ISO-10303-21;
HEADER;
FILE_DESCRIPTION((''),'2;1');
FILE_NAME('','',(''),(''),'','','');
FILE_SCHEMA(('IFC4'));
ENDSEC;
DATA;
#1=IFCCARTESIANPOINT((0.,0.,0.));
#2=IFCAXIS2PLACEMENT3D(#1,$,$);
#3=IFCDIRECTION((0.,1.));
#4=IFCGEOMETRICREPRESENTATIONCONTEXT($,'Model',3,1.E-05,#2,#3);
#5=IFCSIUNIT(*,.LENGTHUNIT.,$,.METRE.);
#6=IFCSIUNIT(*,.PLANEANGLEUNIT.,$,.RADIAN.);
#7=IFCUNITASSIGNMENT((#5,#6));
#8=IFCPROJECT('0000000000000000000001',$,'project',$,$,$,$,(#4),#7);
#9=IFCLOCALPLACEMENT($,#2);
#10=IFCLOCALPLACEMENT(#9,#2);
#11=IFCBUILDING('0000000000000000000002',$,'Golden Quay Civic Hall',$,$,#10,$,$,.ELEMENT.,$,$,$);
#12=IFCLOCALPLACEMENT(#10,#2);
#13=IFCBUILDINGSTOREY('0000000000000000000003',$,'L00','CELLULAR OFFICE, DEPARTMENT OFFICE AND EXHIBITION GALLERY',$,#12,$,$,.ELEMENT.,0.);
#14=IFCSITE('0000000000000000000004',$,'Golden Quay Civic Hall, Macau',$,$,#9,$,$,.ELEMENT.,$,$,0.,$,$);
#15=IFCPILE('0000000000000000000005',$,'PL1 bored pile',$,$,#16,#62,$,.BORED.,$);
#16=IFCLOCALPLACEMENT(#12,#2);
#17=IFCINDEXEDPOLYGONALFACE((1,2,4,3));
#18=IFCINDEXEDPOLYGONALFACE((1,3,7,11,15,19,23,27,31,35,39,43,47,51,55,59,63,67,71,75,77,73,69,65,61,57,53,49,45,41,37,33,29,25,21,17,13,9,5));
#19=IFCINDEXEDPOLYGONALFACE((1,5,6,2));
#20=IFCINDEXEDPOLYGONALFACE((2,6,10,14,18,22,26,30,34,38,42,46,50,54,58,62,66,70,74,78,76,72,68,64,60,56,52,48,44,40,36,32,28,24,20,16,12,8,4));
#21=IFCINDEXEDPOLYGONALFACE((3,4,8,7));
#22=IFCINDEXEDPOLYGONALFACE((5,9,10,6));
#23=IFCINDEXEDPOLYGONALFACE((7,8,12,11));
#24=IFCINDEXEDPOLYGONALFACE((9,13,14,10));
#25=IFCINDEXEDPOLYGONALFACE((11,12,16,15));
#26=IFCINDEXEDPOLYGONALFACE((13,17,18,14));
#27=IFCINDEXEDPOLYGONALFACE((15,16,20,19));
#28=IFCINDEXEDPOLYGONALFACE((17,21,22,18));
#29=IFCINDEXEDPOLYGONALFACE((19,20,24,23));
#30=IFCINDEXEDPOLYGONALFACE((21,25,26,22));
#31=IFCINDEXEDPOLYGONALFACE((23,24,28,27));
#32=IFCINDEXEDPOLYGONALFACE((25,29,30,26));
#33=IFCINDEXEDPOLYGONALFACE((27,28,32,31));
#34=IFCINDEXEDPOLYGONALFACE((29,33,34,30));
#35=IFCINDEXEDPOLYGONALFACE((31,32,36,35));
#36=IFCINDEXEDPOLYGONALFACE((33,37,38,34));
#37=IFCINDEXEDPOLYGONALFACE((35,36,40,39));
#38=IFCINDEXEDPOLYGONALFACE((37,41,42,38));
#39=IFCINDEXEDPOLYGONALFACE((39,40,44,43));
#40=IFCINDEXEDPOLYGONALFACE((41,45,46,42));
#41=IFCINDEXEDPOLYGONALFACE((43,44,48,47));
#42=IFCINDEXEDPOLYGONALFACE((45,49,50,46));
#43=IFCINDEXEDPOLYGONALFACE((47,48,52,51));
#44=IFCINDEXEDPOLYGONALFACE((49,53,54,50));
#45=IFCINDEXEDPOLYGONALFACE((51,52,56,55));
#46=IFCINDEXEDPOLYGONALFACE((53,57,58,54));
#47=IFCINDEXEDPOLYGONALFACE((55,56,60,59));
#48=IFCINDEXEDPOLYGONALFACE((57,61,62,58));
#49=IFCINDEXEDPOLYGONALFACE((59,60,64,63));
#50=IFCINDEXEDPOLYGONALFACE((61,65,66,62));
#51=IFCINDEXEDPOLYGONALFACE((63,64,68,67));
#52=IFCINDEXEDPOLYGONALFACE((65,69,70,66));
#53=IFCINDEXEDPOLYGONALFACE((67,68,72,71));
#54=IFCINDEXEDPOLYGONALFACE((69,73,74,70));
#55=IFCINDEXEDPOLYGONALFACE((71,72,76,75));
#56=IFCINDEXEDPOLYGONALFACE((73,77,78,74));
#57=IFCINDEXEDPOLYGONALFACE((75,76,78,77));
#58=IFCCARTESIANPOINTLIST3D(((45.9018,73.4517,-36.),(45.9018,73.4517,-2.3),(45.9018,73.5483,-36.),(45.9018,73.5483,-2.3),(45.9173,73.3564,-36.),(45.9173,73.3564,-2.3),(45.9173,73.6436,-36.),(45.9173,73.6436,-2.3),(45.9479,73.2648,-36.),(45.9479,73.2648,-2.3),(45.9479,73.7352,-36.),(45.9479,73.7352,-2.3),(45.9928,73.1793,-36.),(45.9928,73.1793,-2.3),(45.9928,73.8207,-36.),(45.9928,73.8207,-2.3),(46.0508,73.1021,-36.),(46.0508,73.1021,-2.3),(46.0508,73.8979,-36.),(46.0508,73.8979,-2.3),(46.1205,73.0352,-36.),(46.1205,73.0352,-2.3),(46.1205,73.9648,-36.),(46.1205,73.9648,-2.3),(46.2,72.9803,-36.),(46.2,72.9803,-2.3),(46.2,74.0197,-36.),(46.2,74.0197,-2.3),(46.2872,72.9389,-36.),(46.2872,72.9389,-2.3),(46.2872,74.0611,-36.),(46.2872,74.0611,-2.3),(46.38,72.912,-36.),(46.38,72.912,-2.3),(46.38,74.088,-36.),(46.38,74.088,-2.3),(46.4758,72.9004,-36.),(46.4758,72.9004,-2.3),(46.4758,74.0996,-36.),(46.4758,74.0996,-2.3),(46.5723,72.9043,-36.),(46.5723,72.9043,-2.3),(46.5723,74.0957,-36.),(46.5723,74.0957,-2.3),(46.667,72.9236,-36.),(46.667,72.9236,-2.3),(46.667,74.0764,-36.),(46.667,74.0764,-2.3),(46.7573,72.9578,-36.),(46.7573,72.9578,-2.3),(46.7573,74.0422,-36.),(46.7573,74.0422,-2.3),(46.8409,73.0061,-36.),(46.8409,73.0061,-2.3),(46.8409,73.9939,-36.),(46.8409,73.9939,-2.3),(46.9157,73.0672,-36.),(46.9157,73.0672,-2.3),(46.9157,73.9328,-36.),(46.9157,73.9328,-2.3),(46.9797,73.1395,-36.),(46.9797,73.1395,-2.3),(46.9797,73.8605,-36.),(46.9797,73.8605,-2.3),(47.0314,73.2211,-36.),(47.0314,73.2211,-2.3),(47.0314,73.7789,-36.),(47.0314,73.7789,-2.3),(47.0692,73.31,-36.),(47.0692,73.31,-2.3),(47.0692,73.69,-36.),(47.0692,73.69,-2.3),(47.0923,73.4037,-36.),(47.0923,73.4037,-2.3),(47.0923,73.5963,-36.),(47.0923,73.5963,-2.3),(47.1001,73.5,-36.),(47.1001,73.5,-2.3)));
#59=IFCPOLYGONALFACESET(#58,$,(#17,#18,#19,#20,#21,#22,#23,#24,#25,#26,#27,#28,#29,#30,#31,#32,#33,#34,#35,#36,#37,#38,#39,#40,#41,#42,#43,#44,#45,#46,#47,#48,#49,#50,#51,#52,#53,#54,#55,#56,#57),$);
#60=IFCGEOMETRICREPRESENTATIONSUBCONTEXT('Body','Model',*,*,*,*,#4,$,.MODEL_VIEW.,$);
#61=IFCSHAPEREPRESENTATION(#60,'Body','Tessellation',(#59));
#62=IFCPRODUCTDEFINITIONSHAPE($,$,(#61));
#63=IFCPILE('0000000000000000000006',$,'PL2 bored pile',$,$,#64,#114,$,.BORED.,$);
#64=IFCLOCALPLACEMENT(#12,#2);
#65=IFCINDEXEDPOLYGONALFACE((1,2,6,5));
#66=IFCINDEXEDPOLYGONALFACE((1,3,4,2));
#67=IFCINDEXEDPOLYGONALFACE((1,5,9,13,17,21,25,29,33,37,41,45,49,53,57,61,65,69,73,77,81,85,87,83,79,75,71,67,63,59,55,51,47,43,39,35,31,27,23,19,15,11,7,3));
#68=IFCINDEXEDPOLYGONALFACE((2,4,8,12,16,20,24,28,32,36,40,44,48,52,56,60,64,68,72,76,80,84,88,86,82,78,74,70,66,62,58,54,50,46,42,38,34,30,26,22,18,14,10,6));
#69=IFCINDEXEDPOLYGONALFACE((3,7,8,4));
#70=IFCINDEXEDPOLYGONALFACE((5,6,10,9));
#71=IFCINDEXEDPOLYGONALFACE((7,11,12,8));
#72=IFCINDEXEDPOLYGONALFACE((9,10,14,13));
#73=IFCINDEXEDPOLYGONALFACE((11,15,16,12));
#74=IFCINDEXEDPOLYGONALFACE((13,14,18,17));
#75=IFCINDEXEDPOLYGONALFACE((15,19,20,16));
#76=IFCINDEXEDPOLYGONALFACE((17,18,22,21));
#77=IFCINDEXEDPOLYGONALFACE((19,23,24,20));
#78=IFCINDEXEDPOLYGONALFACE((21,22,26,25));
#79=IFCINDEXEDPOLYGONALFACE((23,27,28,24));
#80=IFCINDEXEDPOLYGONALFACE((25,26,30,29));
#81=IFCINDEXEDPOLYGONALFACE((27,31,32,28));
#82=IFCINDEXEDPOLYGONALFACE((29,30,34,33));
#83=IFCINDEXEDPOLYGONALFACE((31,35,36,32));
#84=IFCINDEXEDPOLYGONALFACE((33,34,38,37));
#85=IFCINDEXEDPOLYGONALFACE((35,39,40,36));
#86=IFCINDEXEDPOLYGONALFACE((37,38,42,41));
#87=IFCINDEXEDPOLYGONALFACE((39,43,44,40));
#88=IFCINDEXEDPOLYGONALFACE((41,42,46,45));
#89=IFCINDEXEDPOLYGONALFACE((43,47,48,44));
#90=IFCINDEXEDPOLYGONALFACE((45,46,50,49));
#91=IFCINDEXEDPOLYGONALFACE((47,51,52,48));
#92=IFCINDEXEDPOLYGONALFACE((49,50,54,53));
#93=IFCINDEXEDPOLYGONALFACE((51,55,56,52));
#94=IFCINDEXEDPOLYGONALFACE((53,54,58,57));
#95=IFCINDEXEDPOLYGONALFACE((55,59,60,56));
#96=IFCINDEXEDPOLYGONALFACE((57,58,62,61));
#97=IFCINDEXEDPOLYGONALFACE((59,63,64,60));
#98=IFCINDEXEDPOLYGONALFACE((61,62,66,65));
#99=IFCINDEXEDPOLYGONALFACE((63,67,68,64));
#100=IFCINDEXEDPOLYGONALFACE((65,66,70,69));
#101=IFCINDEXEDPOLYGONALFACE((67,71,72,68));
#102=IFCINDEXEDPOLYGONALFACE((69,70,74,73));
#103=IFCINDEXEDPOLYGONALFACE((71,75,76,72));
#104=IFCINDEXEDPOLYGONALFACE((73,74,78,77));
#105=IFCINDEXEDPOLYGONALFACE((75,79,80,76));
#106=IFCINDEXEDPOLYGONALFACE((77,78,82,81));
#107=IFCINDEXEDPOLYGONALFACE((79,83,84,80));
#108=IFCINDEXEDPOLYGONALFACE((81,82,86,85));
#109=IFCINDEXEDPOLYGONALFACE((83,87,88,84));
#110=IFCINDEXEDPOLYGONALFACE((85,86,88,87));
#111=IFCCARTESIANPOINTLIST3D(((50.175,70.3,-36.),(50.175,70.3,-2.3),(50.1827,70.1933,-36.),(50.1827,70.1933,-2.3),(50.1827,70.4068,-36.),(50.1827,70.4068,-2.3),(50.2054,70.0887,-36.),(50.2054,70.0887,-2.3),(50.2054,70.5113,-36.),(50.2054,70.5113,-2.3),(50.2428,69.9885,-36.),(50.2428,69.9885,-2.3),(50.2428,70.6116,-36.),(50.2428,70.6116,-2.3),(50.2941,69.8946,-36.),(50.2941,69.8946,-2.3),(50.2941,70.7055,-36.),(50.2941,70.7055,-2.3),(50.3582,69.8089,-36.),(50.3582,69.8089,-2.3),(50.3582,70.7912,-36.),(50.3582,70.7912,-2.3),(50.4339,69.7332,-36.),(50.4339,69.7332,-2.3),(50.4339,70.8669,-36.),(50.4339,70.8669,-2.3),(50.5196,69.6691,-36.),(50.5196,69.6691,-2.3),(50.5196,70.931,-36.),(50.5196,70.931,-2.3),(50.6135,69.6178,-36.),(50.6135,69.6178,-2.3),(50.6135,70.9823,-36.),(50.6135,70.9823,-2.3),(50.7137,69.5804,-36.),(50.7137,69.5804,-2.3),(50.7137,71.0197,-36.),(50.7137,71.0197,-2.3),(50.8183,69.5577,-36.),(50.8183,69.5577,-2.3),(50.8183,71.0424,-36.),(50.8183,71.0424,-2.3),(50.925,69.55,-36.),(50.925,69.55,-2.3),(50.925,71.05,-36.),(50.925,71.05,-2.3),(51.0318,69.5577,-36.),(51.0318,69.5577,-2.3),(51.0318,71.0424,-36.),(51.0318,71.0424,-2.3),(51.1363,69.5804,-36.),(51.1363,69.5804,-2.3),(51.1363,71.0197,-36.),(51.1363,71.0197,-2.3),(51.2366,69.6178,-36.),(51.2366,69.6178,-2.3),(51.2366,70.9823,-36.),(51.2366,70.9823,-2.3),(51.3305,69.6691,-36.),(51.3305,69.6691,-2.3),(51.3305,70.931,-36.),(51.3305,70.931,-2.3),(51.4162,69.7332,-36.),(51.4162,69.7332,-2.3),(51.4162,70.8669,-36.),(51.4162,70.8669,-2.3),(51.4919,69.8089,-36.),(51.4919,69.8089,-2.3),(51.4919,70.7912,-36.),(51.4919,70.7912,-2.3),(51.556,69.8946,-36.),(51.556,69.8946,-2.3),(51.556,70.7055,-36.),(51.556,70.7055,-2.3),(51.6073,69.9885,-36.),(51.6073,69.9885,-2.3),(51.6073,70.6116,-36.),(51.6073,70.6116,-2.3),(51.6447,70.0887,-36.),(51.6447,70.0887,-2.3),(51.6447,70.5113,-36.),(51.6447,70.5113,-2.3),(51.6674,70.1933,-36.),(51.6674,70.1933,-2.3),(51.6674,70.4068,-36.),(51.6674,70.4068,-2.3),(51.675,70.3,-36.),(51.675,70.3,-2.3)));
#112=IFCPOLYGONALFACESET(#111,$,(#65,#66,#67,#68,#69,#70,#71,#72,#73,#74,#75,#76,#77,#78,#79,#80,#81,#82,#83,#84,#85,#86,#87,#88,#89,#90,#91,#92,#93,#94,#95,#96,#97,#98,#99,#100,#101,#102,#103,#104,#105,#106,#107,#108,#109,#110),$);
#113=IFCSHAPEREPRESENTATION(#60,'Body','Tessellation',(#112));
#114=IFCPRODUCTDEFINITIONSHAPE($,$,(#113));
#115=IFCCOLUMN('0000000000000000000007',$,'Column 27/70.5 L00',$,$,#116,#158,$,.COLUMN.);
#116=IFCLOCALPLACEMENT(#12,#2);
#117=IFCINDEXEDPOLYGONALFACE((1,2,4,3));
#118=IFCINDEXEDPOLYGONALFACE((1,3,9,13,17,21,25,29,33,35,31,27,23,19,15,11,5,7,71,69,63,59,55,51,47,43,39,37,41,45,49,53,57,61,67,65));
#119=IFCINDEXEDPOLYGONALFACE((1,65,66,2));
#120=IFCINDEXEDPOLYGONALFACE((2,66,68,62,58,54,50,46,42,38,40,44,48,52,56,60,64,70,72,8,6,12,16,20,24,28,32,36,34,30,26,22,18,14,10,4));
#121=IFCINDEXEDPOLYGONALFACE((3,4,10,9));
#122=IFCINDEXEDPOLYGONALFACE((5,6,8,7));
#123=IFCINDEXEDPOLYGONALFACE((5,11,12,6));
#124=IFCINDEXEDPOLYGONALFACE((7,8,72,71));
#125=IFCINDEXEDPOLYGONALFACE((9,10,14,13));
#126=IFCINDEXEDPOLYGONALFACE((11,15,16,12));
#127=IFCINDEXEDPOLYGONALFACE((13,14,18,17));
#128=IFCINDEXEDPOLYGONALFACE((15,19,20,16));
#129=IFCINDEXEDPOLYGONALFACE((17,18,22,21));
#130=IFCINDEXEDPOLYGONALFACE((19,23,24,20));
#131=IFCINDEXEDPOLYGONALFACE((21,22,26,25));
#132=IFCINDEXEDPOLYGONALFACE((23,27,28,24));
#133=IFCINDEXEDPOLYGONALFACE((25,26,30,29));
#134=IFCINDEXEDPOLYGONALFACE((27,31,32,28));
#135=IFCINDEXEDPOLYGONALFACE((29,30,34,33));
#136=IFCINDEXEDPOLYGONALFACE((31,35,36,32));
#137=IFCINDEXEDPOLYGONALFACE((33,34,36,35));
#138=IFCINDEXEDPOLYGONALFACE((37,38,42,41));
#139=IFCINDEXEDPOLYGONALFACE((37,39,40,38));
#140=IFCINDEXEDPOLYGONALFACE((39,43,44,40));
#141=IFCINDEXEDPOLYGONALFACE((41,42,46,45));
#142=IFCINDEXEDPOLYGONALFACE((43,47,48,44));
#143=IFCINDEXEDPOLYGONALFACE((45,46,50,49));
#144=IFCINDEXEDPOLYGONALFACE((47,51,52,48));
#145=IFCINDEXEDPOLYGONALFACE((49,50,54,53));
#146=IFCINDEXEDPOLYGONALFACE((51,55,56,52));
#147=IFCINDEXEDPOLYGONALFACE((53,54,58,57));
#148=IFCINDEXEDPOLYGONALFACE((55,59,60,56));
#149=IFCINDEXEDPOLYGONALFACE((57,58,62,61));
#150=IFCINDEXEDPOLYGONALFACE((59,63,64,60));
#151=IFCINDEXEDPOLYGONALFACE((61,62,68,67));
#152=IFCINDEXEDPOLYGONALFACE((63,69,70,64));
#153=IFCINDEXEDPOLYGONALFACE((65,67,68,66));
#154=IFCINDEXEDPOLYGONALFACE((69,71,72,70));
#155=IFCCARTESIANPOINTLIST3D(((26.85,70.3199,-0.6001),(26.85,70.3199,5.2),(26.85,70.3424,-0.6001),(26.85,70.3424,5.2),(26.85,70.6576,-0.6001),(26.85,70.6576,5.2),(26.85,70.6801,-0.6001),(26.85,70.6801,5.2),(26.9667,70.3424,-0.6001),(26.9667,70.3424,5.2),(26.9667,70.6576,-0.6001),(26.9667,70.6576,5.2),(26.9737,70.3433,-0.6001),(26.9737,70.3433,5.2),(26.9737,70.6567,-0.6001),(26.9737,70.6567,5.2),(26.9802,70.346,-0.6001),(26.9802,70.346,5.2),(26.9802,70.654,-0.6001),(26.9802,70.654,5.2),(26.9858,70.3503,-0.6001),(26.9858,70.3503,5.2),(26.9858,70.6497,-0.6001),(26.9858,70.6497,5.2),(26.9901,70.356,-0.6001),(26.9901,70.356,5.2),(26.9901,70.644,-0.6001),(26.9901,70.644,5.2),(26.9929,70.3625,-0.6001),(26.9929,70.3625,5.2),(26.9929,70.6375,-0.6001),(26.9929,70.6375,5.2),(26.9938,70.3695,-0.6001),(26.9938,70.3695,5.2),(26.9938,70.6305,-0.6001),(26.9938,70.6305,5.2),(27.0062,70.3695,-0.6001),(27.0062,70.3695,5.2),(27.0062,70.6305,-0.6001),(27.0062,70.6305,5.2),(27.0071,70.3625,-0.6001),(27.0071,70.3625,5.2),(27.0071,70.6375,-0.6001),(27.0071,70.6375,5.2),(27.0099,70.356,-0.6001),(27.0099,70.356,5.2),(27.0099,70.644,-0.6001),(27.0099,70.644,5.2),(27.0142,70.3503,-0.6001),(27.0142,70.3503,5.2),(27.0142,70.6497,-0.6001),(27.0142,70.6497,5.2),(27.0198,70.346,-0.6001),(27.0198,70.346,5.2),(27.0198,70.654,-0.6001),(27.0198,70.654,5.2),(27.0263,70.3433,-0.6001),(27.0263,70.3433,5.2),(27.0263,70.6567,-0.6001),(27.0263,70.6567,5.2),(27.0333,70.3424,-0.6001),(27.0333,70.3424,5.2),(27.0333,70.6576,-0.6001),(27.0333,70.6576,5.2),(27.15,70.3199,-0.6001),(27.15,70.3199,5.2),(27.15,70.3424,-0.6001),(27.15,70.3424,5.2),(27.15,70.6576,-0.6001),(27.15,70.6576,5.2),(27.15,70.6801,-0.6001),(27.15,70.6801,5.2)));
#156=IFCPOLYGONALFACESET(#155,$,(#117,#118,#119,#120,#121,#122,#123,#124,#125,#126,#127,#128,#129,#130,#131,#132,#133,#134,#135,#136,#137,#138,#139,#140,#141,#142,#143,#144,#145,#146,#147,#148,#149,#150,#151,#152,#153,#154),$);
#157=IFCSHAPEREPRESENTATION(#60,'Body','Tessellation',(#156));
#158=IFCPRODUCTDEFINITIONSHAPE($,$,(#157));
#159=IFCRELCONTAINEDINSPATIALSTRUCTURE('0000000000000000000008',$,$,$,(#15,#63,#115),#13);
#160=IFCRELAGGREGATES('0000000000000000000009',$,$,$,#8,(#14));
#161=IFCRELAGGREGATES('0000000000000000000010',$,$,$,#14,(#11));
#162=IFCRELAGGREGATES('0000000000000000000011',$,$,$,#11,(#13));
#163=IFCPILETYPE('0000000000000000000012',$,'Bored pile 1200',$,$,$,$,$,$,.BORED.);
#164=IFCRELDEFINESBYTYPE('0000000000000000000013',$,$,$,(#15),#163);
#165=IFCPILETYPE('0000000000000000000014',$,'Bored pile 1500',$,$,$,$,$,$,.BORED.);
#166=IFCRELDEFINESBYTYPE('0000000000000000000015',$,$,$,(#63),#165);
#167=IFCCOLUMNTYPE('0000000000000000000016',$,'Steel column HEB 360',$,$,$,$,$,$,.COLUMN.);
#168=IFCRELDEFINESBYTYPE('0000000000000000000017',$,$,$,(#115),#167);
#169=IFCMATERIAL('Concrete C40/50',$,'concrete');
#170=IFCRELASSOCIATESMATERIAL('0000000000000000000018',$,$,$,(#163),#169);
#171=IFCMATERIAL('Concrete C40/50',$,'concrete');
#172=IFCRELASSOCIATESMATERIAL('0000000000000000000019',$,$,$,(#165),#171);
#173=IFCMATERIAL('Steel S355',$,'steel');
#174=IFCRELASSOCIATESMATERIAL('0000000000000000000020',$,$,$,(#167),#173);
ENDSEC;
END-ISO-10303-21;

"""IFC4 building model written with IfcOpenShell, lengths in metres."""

from ifc_helpers import new_model, si_unit, direction, frame, origin, origin_2d, place, context, subcontext, project, spatial, circle, i_section, extrude, material, material_profile, profile_set, type_object, element, save


model = new_model("IFC4")

# Units and contexts
model_context = context("Model", 3, precision=1e-05, world=origin(), true_north=direction((0.0, 1.0)))
body_context = subcontext(model_context, "Body", "Model", "MODEL_VIEW")
ifc_project = project(units=[si_unit("LENGTHUNIT", "METRE"), si_unit("PLANEANGLEUNIT", "RADIAN")], contexts=[model_context])

# Site, building, storey
site_placement = place(None, origin())
site = spatial("IfcSite", under=ifc_project, at=site_placement, Name="Golden Quay Civic Hall, Macau", CompositionType="ELEMENT", RefElevation=0.0)
building_placement = place(site_placement, origin())
building = spatial("IfcBuilding", under=site, at=building_placement, Name="Golden Quay Civic Hall", CompositionType="ELEMENT")
storey_placement = place(building_placement, origin())
storey = spatial("IfcBuildingStorey", under=building, at=storey_placement, Name="L00", Description="CELLULAR OFFICE, DEPARTMENT OFFICE AND EXHIBITION GALLERY", CompositionType="ELEMENT", Elevation=0.0)

# Piles
ifc_material_1 = material(Name="Concrete C40/50", Category="concrete")
ifc_material_profile_1 = material_profile(ifc_material_1, circle(Radius=0.6001, at=origin_2d()), Name="RC D1200")
ifc_profile_set_1 = profile_set([ifc_material_profile_1], Name="Concrete C40/50")
pile_type_1 = type_object("IfcPileType", Name="Bored pile 1200", PredefinedType="BORED", material=ifc_profile_set_1)
for number, where, z_axis, x_axis, name in (
    (1, (46.5, 73.5, -2.3), (0.0, 0.0, -1.0), (1.0, 0.0, 0.0), "PL1 bored pile"),
):
    element("IfcPile", number, at=place(storey_placement, frame(where, z_axis=z_axis, x_axis=x_axis)), inside=storey, type_object=pile_type_1, Name=name, PredefinedType="BORED", context=body_context, shape_type="SweptSolid", body=[
        extrude(circle(Radius=0.6001, at=origin_2d()), origin(), (0.0, 0.0, 1.0), 33.7),
    ])
ifc_material_2 = material(Name="Concrete C40/50", Category="concrete")
ifc_material_profile_2 = material_profile(ifc_material_2, circle(Radius=0.75, at=origin_2d()), Name="RC D1500")
ifc_profile_set_2 = profile_set([ifc_material_profile_2], Name="Concrete C40/50")
pile_type_2 = type_object("IfcPileType", Name="Bored pile 1500", PredefinedType="BORED", material=ifc_profile_set_2)
pile_placement = place(storey_placement, frame((50.925, 70.3, -2.3), z_axis=(0.0, 0.0, -1.0), x_axis=(1.0, 0.0, 0.0)))
element("IfcPile", 2, at=pile_placement, inside=storey, type_object=pile_type_2, Name="PL2 bored pile", PredefinedType="BORED", context=body_context, shape_type="SweptSolid", body=[
    extrude(circle(Radius=0.75, at=origin_2d()), origin(), (0.0, 0.0, 1.0), 33.7),
])

# Column
ifc_material_3 = material(Name="Steel S355", Category="steel")
ifc_material_profile_3 = material_profile(ifc_material_3, i_section(OverallWidth=0.3, OverallDepth=0.3601, WebThickness=0.0125, FlangeThickness=0.0225, FilletRadius=0.0271, at=origin_2d()), Name="HEB 360")
ifc_profile_set_3 = profile_set([ifc_material_profile_3], Name="Steel S355")
column_type = type_object("IfcColumnType", Name="Steel column HEB 360", PredefinedType="COLUMN", material=ifc_profile_set_3)
for number, where, z_axis, x_axis, name in (
    (3, (27.0, 70.5, -0.6001), (0.0, 0.0, 1.0), (1.0, 0.0, 0.0), "Column 27/70.5 L00"),
):
    element("IfcColumn", number, at=place(storey_placement, frame(where, z_axis=z_axis, x_axis=x_axis)), inside=storey, type_object=column_type, Name=name, PredefinedType="COLUMN", context=body_context, shape_type="SweptSolid", body=[
        extrude(i_section(OverallWidth=0.3, OverallDepth=0.3601, WebThickness=0.0125, FlangeThickness=0.0225, FilletRadius=0.0271, at=origin_2d()), origin(), (0.0, 0.0, 1.0), 5.8),
    ])

save(model, "model.ifc")
